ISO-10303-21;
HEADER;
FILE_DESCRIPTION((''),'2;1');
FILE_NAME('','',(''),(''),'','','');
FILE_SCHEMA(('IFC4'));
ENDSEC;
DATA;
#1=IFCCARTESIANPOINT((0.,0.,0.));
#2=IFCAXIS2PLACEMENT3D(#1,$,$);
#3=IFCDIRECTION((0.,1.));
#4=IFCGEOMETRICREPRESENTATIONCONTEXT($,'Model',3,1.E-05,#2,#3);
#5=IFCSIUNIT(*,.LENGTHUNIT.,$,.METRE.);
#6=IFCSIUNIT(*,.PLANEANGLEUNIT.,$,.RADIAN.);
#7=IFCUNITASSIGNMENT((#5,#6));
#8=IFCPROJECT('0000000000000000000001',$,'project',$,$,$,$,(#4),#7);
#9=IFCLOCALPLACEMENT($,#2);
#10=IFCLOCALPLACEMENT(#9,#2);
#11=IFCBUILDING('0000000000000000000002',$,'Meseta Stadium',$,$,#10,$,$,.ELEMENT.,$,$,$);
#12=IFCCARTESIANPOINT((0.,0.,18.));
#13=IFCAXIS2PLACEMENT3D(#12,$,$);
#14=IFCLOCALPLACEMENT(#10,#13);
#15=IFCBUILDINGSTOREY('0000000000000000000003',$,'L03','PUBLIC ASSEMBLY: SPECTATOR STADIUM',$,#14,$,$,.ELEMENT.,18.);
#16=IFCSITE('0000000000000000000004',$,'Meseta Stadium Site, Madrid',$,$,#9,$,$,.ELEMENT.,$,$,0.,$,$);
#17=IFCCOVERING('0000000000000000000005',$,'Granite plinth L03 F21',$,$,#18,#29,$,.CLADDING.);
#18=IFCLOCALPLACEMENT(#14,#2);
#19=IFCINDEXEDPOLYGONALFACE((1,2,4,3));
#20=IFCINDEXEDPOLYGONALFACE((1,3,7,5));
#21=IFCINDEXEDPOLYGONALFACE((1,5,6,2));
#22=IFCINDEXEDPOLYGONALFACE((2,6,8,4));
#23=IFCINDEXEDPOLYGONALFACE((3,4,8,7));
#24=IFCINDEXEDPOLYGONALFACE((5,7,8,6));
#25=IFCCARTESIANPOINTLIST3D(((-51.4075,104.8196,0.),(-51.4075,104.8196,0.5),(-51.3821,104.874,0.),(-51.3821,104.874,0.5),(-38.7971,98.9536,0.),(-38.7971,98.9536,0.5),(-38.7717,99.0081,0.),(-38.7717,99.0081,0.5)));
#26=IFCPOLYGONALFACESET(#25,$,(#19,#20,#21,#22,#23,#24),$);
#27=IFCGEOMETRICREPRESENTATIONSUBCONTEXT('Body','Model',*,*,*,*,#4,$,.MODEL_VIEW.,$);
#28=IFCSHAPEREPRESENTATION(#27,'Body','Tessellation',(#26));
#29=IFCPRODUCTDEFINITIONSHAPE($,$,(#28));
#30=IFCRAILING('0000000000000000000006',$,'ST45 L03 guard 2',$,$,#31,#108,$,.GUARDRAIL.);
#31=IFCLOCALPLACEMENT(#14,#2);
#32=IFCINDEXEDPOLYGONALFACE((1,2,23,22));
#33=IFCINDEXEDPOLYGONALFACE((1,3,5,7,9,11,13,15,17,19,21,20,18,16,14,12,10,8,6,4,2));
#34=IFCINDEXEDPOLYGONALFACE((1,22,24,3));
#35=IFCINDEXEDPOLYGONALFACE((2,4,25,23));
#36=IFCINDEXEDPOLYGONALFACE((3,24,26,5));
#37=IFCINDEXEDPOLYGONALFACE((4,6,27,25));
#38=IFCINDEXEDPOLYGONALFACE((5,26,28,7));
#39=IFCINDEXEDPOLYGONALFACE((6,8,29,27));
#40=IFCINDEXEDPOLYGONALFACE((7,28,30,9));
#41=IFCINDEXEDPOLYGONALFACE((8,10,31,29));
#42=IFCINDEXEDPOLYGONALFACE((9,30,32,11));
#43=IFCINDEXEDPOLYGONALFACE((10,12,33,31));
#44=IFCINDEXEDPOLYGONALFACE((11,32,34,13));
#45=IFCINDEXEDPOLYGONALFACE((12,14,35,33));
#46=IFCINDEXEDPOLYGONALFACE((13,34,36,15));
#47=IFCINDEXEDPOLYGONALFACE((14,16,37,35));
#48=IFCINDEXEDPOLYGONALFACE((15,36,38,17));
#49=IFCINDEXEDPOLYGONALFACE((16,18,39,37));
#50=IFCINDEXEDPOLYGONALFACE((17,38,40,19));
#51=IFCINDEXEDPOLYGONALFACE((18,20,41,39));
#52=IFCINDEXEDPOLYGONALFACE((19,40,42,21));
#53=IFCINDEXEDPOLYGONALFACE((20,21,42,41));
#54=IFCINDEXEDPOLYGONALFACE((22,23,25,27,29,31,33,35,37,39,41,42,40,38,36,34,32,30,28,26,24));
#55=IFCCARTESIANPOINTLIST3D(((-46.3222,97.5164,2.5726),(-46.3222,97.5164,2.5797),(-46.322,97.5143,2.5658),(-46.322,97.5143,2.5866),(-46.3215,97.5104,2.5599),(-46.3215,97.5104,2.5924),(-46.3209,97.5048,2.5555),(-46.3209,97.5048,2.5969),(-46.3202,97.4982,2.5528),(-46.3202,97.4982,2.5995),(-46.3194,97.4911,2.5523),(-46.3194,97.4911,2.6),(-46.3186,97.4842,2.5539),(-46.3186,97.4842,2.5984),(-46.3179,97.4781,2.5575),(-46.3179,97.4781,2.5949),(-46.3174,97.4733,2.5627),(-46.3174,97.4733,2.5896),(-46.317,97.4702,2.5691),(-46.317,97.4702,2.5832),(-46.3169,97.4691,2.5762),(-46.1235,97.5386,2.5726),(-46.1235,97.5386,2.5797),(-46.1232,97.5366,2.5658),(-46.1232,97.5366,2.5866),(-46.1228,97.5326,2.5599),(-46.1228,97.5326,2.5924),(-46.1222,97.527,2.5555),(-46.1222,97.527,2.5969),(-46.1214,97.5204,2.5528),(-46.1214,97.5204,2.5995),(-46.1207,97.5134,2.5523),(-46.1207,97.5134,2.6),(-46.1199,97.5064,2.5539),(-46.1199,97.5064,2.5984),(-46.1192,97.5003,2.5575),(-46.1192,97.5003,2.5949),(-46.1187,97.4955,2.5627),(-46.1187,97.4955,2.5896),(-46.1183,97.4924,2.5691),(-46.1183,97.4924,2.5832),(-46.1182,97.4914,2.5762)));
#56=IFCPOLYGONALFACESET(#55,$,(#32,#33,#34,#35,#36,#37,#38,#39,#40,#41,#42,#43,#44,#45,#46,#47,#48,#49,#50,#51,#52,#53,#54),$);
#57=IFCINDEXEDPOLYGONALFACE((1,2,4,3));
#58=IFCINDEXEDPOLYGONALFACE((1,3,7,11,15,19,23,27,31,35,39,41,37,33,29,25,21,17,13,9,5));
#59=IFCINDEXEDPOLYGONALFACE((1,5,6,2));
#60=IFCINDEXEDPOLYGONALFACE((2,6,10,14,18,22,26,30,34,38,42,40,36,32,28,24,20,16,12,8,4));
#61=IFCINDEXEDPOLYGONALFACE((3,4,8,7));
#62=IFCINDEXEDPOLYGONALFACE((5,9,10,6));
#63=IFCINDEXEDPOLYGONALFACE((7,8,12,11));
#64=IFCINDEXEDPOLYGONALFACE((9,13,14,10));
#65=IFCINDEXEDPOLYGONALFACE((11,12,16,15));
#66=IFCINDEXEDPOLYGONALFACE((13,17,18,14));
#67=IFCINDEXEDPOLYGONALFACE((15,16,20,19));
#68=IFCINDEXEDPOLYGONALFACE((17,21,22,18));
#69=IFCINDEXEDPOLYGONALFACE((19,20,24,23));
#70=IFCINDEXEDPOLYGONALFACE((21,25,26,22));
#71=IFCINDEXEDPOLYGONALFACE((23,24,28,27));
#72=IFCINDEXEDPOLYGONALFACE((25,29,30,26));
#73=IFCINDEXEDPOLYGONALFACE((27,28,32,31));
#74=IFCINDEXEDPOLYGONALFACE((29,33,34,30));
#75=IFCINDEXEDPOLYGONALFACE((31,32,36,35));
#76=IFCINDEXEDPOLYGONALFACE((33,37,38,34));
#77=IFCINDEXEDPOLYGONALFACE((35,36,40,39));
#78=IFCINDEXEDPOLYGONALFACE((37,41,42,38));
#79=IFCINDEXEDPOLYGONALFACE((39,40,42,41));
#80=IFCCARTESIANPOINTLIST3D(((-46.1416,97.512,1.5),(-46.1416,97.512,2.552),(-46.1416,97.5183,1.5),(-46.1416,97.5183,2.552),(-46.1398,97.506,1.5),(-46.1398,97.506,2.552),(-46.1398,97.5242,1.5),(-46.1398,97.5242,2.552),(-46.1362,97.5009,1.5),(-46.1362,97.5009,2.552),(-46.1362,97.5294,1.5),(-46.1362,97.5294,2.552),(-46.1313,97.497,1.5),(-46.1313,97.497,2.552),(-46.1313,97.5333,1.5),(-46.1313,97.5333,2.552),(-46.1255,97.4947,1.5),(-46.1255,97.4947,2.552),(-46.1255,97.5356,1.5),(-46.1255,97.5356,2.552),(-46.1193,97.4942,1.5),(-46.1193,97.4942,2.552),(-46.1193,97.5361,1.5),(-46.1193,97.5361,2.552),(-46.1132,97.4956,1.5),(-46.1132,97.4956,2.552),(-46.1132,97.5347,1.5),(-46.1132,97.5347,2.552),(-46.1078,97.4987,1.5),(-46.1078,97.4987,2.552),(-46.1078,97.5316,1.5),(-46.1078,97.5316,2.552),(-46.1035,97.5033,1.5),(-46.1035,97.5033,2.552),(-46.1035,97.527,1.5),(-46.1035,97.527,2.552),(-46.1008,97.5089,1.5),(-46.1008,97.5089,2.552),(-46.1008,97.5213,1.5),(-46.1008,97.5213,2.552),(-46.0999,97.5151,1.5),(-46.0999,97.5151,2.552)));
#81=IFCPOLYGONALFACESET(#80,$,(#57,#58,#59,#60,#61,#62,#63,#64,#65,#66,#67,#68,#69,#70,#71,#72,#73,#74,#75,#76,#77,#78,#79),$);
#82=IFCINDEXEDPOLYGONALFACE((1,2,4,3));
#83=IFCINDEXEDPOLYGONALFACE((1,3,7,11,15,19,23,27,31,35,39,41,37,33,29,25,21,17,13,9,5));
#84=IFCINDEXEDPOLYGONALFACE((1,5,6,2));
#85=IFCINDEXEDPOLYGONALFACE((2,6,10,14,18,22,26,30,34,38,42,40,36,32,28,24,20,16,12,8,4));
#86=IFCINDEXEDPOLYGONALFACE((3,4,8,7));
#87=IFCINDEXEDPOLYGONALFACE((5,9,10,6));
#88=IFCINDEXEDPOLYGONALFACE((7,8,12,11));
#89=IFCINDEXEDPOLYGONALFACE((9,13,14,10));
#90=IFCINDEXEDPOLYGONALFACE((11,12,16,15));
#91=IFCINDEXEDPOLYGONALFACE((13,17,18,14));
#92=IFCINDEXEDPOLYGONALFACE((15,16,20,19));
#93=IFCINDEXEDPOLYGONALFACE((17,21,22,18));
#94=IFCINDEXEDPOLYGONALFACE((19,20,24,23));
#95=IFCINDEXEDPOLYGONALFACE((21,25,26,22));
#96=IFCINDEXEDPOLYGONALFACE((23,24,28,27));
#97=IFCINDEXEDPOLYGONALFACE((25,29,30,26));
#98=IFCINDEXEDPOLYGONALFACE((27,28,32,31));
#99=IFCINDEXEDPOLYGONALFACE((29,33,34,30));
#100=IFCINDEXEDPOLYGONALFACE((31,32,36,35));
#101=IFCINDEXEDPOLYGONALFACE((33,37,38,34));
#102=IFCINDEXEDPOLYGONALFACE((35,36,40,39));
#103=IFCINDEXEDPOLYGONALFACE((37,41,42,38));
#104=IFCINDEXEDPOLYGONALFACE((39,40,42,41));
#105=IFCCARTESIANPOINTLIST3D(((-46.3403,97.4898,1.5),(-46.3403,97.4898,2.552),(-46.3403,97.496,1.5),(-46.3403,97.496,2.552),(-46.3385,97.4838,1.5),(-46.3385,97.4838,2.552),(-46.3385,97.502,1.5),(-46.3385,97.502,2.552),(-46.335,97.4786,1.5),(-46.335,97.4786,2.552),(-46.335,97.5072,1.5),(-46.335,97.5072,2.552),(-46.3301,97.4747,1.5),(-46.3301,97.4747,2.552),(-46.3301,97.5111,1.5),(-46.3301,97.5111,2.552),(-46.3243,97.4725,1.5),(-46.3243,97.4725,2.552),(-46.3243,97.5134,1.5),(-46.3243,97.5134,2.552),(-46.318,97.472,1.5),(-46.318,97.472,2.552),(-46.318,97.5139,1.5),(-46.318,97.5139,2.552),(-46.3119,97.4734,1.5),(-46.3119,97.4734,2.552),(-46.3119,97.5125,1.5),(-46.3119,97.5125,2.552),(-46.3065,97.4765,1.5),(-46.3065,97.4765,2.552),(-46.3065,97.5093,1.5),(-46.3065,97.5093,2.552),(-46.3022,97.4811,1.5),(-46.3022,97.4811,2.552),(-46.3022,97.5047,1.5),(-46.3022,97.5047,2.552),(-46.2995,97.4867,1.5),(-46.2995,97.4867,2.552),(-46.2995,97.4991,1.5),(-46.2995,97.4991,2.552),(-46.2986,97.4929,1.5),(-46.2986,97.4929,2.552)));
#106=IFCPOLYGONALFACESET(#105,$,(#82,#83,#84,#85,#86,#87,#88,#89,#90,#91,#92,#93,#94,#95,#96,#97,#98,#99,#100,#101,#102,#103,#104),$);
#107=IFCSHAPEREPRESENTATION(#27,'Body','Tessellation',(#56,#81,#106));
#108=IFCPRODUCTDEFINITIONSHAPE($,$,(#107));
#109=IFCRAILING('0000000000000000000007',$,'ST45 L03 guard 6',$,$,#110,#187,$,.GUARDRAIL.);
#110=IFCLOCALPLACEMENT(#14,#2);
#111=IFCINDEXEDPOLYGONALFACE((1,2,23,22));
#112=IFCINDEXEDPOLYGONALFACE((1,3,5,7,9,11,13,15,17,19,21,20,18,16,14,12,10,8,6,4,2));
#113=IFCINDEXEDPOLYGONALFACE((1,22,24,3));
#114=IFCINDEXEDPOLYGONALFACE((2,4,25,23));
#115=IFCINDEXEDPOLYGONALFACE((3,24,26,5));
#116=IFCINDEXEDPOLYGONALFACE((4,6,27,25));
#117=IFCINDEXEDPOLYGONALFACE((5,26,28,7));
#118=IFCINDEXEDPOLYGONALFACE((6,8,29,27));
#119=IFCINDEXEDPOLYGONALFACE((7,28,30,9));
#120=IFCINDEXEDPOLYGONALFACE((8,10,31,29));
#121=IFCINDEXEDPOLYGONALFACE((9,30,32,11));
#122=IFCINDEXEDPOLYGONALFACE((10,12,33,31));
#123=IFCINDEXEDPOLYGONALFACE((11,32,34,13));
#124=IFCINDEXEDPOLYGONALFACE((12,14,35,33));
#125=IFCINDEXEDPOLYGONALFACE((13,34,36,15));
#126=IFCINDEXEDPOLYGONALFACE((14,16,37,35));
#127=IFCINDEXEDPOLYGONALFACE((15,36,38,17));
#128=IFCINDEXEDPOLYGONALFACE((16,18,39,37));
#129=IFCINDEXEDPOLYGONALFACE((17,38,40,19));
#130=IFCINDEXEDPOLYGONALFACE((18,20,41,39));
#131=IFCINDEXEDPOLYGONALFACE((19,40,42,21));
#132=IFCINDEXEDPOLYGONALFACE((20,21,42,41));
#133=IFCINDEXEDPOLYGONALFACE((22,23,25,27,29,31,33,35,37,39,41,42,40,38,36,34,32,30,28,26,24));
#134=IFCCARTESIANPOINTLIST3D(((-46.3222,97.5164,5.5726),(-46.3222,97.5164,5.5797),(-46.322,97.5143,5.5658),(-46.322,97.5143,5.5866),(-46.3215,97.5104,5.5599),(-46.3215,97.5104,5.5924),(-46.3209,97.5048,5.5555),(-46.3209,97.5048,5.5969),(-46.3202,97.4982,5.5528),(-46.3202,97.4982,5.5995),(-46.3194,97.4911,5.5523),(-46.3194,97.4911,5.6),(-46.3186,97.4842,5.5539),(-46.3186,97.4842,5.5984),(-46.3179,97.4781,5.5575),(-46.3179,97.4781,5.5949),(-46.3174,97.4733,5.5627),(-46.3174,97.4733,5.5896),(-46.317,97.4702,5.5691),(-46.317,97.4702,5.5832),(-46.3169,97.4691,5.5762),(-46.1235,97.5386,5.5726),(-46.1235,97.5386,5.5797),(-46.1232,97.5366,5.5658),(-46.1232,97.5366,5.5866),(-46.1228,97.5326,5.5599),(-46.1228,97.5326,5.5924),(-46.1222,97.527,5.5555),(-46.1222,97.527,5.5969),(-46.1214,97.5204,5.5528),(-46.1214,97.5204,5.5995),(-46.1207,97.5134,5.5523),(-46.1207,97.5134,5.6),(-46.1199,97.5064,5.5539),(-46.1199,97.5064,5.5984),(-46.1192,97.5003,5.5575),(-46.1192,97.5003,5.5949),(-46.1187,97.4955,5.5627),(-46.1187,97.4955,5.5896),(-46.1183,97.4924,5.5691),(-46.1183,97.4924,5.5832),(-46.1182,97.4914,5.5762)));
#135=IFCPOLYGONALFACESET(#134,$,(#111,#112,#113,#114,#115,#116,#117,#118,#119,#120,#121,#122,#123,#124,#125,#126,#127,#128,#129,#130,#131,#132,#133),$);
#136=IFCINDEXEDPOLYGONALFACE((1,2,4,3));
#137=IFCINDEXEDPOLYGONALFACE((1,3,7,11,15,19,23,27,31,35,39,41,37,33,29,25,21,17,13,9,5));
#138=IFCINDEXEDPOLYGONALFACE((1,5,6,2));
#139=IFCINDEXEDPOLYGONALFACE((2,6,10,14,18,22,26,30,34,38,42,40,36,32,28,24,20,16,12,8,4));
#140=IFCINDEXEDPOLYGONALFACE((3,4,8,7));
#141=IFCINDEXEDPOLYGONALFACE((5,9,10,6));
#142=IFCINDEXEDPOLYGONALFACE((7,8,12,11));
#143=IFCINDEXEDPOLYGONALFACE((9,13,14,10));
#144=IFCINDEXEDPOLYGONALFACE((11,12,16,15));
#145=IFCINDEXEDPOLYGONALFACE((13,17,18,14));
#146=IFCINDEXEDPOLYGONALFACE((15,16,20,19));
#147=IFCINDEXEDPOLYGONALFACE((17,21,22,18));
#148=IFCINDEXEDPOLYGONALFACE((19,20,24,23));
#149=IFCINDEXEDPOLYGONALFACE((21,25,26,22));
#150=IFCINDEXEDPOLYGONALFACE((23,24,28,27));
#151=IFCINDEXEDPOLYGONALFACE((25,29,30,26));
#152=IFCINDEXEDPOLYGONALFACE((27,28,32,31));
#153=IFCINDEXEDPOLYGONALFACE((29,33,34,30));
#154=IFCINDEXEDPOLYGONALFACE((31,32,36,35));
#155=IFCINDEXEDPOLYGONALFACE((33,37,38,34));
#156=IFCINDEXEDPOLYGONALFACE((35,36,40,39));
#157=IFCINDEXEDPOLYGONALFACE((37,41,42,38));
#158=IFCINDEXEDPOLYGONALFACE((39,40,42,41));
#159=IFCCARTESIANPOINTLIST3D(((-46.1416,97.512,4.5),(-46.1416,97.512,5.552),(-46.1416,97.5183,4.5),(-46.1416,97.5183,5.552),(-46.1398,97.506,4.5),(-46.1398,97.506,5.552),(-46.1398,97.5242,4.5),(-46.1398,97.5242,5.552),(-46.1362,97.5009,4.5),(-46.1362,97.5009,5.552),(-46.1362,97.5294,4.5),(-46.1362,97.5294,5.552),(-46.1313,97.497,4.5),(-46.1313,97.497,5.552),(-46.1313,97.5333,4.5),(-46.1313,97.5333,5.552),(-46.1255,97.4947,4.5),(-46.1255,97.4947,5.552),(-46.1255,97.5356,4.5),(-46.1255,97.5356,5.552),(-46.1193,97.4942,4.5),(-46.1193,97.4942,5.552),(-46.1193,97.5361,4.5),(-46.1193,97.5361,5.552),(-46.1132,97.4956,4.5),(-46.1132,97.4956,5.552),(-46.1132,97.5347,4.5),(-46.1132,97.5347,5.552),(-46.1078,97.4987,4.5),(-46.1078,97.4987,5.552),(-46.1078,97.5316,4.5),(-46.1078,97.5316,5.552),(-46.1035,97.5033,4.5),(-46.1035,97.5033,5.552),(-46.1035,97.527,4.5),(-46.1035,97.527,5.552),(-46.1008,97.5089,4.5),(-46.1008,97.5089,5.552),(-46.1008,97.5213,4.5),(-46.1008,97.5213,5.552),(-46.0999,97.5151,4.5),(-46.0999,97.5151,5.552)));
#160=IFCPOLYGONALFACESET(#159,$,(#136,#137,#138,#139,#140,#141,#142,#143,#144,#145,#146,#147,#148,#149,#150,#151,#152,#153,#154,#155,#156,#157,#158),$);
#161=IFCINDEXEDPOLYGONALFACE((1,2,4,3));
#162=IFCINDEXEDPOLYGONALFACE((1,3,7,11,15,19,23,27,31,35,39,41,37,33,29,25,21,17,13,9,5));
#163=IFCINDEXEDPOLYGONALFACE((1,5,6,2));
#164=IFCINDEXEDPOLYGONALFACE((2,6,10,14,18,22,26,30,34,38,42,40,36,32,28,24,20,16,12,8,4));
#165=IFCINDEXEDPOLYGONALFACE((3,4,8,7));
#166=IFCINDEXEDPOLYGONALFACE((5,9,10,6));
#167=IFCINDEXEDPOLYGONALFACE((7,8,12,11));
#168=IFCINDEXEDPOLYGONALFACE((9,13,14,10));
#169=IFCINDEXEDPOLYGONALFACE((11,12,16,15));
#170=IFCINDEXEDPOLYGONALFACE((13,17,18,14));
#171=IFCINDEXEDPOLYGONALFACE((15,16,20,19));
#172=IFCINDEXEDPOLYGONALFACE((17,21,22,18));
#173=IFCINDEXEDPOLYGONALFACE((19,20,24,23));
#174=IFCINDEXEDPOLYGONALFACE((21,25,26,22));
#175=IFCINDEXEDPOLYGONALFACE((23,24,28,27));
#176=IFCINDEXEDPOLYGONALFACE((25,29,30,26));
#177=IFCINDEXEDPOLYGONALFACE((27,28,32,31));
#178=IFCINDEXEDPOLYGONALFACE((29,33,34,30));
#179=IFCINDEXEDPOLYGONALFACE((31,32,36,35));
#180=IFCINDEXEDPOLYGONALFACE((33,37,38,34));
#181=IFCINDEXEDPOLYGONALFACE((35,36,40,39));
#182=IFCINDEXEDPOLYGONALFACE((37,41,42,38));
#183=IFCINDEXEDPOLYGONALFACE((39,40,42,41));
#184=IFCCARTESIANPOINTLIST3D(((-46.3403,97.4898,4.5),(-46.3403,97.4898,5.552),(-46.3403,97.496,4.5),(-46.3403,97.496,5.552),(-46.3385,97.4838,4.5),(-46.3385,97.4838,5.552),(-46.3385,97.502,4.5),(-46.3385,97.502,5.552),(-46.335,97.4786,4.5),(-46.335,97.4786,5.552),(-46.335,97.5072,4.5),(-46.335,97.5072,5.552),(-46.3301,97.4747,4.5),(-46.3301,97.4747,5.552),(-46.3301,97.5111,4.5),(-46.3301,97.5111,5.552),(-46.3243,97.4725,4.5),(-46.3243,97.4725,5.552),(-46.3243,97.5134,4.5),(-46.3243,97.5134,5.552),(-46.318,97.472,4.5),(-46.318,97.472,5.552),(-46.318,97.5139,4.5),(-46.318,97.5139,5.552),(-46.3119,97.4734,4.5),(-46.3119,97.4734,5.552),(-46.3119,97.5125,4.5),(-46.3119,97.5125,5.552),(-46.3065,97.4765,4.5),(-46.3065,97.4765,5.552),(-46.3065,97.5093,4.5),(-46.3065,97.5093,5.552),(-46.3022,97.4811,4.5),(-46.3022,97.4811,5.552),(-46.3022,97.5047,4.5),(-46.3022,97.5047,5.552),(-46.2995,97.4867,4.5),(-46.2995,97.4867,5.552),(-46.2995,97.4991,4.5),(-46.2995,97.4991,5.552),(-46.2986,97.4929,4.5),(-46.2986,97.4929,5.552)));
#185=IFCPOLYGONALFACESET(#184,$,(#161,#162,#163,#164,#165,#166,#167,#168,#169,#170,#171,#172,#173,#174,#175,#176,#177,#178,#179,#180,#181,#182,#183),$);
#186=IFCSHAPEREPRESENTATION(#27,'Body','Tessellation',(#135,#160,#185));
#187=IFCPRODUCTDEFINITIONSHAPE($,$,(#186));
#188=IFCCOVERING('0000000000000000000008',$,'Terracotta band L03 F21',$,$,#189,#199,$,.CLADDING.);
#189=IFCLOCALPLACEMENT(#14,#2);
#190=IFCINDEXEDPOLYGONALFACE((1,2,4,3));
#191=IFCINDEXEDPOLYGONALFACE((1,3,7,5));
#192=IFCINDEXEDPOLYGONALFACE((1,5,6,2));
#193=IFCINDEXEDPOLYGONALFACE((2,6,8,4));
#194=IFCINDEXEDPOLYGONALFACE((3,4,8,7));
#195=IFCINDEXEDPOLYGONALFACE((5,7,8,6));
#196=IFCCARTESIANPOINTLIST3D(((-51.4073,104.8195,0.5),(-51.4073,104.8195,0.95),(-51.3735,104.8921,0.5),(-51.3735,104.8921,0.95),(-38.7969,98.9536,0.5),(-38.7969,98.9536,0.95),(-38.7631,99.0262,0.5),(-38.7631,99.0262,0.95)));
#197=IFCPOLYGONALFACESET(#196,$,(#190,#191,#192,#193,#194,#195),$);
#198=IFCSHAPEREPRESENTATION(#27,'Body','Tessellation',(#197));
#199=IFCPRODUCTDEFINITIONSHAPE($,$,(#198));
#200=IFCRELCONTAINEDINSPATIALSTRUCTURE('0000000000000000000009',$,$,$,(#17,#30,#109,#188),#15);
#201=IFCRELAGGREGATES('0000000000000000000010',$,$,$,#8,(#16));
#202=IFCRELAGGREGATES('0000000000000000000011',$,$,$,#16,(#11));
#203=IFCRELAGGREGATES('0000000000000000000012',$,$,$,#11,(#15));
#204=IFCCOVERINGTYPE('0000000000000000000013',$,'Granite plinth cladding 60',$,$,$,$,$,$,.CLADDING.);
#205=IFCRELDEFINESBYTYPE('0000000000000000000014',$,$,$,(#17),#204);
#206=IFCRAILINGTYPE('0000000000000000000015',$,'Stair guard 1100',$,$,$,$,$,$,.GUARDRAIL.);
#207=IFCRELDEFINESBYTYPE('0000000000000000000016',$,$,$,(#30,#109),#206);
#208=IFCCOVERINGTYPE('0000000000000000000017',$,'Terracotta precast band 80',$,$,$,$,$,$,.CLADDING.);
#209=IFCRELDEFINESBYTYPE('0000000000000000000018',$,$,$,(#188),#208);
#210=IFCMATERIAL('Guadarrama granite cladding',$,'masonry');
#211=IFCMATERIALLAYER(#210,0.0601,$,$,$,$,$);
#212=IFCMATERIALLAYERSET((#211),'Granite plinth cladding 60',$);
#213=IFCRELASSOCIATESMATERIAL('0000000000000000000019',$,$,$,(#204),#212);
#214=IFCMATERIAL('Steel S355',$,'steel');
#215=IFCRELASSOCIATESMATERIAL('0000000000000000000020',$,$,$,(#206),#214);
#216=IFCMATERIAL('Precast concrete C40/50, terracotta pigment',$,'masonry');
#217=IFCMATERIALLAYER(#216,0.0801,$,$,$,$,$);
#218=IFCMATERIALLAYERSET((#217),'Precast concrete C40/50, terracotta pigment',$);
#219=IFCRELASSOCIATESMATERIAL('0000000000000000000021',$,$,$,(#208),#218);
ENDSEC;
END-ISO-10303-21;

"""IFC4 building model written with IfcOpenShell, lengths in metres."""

from ifc_helpers import new_model, si_unit, direction, frame, origin, origin_2d, place, context, subcontext, project, spatial, rectangle, circle, extrude, material, layer, layer_set, type_object, element, save


model = new_model("IFC4")

# Units and contexts
model_context = context("Model", 3, precision=1e-05, world=origin(), true_north=direction((0.0, 1.0)))
body_context = subcontext(model_context, "Body", "Model", "MODEL_VIEW")
ifc_project = project(units=[si_unit("LENGTHUNIT", "METRE"), si_unit("PLANEANGLEUNIT", "RADIAN")], contexts=[model_context])

# Site, building, storey
site_placement = place(None, origin())
site = spatial("IfcSite", under=ifc_project, at=site_placement, Name="Meseta Stadium Site, Madrid", CompositionType="ELEMENT", RefElevation=0.0)
building_placement = place(site_placement, origin())
building = spatial("IfcBuilding", under=site, at=building_placement, Name="Meseta Stadium", CompositionType="ELEMENT")
storey_placement = place(building_placement, frame((0.0, 0.0, 18.0)))
storey = spatial("IfcBuildingStorey", under=building, at=storey_placement, Name="L03", Description="PUBLIC ASSEMBLY: SPECTATOR STADIUM", CompositionType="ELEMENT", Elevation=18.0)

# Covering
ifc_material_1 = material(Name="Guadarrama granite cladding", Category="masonry")
ifc_layer_1 = layer(ifc_material_1, 0.0601)
ifc_layer_set_1 = layer_set([ifc_layer_1], Name="Granite plinth cladding 60")
covering_type_1 = type_object("IfcCoveringType", Name="Granite plinth cladding 60", PredefinedType="CLADDING", material=ifc_layer_set_1)
covering_1_placement = place(storey_placement, frame((-45.0896, 101.9138, 0.0), z_axis=(0.0, 0.0, 1.0), x_axis=(0.906703, -0.42177, 0.0)))
element("IfcCovering", 1, at=covering_1_placement, inside=storey, type_object=covering_type_1, Name="Granite plinth L03 F21", PredefinedType="CLADDING", context=body_context, shape_type="SweptSolid", body=[
    extrude(rectangle(XDim=13.908, YDim=0.0601, at=origin_2d()), origin(), (0.0, 0.0, 1.0), 0.5),
])

# Railings
ifc_material_2 = material(Name="Steel S355", Category="steel")
railing_type = type_object("IfcRailingType", Name="Stair guard 1100", PredefinedType="GUARDRAIL", material=ifc_material_2)
for number, where, name in (
    (2, (-46.1208, 97.5151, 1.5), "ST45 L03 guard 2"),
    (3, (-46.1208, 97.5151, 4.5), "ST45 L03 guard 6"),
):
    element("IfcRailing", number, at=place(storey_placement, frame(where)), inside=storey, type_object=railing_type, Name=name, PredefinedType="GUARDRAIL", context=body_context, shape_type="SweptSolid", body=[
        extrude(circle(Radius=0.0239, at=origin_2d()), frame((0.0, 0.0, 1.0762), z_axis=(-0.993809, -0.111102, 0.0), x_axis=(0.111102, -0.993809, 0.0)), (0.0, 0.0, 1.0), 0.2),
        extrude(circle(Radius=0.021, at=origin_2d()), origin(), (0.0, 0.0, 1.0), 1.052),
        extrude(circle(Radius=0.021, at=origin_2d()), frame((-0.1987, -0.0222, 0.0)), (0.0, 0.0, 1.0), 1.052),
    ])

# Covering
ifc_material_3 = material(Name="Precast concrete C40/50, terracotta pigment", Category="masonry")
ifc_layer_2 = layer(ifc_material_3, 0.0801)
ifc_layer_set_2 = layer_set([ifc_layer_2], Name="Precast concrete C40/50, terracotta pigment")
covering_type_2 = type_object("IfcCoveringType", Name="Terracotta precast band 80", PredefinedType="CLADDING", material=ifc_layer_set_2)
covering_2_placement = place(storey_placement, frame((-45.0852, 101.9229, 0.5), z_axis=(0.0, 0.0, 1.0), x_axis=(0.906703, -0.42177, 0.0)))
element("IfcCovering", 4, at=covering_2_placement, inside=storey, type_object=covering_type_2, Name="Terracotta band L03 F21", PredefinedType="CLADDING", context=body_context, shape_type="SweptSolid", body=[
    extrude(rectangle(XDim=13.908, YDim=0.0801, at=origin_2d()), origin(), (0.0, 0.0, 1.0), 0.45),
])

save(model, "model.ifc")
